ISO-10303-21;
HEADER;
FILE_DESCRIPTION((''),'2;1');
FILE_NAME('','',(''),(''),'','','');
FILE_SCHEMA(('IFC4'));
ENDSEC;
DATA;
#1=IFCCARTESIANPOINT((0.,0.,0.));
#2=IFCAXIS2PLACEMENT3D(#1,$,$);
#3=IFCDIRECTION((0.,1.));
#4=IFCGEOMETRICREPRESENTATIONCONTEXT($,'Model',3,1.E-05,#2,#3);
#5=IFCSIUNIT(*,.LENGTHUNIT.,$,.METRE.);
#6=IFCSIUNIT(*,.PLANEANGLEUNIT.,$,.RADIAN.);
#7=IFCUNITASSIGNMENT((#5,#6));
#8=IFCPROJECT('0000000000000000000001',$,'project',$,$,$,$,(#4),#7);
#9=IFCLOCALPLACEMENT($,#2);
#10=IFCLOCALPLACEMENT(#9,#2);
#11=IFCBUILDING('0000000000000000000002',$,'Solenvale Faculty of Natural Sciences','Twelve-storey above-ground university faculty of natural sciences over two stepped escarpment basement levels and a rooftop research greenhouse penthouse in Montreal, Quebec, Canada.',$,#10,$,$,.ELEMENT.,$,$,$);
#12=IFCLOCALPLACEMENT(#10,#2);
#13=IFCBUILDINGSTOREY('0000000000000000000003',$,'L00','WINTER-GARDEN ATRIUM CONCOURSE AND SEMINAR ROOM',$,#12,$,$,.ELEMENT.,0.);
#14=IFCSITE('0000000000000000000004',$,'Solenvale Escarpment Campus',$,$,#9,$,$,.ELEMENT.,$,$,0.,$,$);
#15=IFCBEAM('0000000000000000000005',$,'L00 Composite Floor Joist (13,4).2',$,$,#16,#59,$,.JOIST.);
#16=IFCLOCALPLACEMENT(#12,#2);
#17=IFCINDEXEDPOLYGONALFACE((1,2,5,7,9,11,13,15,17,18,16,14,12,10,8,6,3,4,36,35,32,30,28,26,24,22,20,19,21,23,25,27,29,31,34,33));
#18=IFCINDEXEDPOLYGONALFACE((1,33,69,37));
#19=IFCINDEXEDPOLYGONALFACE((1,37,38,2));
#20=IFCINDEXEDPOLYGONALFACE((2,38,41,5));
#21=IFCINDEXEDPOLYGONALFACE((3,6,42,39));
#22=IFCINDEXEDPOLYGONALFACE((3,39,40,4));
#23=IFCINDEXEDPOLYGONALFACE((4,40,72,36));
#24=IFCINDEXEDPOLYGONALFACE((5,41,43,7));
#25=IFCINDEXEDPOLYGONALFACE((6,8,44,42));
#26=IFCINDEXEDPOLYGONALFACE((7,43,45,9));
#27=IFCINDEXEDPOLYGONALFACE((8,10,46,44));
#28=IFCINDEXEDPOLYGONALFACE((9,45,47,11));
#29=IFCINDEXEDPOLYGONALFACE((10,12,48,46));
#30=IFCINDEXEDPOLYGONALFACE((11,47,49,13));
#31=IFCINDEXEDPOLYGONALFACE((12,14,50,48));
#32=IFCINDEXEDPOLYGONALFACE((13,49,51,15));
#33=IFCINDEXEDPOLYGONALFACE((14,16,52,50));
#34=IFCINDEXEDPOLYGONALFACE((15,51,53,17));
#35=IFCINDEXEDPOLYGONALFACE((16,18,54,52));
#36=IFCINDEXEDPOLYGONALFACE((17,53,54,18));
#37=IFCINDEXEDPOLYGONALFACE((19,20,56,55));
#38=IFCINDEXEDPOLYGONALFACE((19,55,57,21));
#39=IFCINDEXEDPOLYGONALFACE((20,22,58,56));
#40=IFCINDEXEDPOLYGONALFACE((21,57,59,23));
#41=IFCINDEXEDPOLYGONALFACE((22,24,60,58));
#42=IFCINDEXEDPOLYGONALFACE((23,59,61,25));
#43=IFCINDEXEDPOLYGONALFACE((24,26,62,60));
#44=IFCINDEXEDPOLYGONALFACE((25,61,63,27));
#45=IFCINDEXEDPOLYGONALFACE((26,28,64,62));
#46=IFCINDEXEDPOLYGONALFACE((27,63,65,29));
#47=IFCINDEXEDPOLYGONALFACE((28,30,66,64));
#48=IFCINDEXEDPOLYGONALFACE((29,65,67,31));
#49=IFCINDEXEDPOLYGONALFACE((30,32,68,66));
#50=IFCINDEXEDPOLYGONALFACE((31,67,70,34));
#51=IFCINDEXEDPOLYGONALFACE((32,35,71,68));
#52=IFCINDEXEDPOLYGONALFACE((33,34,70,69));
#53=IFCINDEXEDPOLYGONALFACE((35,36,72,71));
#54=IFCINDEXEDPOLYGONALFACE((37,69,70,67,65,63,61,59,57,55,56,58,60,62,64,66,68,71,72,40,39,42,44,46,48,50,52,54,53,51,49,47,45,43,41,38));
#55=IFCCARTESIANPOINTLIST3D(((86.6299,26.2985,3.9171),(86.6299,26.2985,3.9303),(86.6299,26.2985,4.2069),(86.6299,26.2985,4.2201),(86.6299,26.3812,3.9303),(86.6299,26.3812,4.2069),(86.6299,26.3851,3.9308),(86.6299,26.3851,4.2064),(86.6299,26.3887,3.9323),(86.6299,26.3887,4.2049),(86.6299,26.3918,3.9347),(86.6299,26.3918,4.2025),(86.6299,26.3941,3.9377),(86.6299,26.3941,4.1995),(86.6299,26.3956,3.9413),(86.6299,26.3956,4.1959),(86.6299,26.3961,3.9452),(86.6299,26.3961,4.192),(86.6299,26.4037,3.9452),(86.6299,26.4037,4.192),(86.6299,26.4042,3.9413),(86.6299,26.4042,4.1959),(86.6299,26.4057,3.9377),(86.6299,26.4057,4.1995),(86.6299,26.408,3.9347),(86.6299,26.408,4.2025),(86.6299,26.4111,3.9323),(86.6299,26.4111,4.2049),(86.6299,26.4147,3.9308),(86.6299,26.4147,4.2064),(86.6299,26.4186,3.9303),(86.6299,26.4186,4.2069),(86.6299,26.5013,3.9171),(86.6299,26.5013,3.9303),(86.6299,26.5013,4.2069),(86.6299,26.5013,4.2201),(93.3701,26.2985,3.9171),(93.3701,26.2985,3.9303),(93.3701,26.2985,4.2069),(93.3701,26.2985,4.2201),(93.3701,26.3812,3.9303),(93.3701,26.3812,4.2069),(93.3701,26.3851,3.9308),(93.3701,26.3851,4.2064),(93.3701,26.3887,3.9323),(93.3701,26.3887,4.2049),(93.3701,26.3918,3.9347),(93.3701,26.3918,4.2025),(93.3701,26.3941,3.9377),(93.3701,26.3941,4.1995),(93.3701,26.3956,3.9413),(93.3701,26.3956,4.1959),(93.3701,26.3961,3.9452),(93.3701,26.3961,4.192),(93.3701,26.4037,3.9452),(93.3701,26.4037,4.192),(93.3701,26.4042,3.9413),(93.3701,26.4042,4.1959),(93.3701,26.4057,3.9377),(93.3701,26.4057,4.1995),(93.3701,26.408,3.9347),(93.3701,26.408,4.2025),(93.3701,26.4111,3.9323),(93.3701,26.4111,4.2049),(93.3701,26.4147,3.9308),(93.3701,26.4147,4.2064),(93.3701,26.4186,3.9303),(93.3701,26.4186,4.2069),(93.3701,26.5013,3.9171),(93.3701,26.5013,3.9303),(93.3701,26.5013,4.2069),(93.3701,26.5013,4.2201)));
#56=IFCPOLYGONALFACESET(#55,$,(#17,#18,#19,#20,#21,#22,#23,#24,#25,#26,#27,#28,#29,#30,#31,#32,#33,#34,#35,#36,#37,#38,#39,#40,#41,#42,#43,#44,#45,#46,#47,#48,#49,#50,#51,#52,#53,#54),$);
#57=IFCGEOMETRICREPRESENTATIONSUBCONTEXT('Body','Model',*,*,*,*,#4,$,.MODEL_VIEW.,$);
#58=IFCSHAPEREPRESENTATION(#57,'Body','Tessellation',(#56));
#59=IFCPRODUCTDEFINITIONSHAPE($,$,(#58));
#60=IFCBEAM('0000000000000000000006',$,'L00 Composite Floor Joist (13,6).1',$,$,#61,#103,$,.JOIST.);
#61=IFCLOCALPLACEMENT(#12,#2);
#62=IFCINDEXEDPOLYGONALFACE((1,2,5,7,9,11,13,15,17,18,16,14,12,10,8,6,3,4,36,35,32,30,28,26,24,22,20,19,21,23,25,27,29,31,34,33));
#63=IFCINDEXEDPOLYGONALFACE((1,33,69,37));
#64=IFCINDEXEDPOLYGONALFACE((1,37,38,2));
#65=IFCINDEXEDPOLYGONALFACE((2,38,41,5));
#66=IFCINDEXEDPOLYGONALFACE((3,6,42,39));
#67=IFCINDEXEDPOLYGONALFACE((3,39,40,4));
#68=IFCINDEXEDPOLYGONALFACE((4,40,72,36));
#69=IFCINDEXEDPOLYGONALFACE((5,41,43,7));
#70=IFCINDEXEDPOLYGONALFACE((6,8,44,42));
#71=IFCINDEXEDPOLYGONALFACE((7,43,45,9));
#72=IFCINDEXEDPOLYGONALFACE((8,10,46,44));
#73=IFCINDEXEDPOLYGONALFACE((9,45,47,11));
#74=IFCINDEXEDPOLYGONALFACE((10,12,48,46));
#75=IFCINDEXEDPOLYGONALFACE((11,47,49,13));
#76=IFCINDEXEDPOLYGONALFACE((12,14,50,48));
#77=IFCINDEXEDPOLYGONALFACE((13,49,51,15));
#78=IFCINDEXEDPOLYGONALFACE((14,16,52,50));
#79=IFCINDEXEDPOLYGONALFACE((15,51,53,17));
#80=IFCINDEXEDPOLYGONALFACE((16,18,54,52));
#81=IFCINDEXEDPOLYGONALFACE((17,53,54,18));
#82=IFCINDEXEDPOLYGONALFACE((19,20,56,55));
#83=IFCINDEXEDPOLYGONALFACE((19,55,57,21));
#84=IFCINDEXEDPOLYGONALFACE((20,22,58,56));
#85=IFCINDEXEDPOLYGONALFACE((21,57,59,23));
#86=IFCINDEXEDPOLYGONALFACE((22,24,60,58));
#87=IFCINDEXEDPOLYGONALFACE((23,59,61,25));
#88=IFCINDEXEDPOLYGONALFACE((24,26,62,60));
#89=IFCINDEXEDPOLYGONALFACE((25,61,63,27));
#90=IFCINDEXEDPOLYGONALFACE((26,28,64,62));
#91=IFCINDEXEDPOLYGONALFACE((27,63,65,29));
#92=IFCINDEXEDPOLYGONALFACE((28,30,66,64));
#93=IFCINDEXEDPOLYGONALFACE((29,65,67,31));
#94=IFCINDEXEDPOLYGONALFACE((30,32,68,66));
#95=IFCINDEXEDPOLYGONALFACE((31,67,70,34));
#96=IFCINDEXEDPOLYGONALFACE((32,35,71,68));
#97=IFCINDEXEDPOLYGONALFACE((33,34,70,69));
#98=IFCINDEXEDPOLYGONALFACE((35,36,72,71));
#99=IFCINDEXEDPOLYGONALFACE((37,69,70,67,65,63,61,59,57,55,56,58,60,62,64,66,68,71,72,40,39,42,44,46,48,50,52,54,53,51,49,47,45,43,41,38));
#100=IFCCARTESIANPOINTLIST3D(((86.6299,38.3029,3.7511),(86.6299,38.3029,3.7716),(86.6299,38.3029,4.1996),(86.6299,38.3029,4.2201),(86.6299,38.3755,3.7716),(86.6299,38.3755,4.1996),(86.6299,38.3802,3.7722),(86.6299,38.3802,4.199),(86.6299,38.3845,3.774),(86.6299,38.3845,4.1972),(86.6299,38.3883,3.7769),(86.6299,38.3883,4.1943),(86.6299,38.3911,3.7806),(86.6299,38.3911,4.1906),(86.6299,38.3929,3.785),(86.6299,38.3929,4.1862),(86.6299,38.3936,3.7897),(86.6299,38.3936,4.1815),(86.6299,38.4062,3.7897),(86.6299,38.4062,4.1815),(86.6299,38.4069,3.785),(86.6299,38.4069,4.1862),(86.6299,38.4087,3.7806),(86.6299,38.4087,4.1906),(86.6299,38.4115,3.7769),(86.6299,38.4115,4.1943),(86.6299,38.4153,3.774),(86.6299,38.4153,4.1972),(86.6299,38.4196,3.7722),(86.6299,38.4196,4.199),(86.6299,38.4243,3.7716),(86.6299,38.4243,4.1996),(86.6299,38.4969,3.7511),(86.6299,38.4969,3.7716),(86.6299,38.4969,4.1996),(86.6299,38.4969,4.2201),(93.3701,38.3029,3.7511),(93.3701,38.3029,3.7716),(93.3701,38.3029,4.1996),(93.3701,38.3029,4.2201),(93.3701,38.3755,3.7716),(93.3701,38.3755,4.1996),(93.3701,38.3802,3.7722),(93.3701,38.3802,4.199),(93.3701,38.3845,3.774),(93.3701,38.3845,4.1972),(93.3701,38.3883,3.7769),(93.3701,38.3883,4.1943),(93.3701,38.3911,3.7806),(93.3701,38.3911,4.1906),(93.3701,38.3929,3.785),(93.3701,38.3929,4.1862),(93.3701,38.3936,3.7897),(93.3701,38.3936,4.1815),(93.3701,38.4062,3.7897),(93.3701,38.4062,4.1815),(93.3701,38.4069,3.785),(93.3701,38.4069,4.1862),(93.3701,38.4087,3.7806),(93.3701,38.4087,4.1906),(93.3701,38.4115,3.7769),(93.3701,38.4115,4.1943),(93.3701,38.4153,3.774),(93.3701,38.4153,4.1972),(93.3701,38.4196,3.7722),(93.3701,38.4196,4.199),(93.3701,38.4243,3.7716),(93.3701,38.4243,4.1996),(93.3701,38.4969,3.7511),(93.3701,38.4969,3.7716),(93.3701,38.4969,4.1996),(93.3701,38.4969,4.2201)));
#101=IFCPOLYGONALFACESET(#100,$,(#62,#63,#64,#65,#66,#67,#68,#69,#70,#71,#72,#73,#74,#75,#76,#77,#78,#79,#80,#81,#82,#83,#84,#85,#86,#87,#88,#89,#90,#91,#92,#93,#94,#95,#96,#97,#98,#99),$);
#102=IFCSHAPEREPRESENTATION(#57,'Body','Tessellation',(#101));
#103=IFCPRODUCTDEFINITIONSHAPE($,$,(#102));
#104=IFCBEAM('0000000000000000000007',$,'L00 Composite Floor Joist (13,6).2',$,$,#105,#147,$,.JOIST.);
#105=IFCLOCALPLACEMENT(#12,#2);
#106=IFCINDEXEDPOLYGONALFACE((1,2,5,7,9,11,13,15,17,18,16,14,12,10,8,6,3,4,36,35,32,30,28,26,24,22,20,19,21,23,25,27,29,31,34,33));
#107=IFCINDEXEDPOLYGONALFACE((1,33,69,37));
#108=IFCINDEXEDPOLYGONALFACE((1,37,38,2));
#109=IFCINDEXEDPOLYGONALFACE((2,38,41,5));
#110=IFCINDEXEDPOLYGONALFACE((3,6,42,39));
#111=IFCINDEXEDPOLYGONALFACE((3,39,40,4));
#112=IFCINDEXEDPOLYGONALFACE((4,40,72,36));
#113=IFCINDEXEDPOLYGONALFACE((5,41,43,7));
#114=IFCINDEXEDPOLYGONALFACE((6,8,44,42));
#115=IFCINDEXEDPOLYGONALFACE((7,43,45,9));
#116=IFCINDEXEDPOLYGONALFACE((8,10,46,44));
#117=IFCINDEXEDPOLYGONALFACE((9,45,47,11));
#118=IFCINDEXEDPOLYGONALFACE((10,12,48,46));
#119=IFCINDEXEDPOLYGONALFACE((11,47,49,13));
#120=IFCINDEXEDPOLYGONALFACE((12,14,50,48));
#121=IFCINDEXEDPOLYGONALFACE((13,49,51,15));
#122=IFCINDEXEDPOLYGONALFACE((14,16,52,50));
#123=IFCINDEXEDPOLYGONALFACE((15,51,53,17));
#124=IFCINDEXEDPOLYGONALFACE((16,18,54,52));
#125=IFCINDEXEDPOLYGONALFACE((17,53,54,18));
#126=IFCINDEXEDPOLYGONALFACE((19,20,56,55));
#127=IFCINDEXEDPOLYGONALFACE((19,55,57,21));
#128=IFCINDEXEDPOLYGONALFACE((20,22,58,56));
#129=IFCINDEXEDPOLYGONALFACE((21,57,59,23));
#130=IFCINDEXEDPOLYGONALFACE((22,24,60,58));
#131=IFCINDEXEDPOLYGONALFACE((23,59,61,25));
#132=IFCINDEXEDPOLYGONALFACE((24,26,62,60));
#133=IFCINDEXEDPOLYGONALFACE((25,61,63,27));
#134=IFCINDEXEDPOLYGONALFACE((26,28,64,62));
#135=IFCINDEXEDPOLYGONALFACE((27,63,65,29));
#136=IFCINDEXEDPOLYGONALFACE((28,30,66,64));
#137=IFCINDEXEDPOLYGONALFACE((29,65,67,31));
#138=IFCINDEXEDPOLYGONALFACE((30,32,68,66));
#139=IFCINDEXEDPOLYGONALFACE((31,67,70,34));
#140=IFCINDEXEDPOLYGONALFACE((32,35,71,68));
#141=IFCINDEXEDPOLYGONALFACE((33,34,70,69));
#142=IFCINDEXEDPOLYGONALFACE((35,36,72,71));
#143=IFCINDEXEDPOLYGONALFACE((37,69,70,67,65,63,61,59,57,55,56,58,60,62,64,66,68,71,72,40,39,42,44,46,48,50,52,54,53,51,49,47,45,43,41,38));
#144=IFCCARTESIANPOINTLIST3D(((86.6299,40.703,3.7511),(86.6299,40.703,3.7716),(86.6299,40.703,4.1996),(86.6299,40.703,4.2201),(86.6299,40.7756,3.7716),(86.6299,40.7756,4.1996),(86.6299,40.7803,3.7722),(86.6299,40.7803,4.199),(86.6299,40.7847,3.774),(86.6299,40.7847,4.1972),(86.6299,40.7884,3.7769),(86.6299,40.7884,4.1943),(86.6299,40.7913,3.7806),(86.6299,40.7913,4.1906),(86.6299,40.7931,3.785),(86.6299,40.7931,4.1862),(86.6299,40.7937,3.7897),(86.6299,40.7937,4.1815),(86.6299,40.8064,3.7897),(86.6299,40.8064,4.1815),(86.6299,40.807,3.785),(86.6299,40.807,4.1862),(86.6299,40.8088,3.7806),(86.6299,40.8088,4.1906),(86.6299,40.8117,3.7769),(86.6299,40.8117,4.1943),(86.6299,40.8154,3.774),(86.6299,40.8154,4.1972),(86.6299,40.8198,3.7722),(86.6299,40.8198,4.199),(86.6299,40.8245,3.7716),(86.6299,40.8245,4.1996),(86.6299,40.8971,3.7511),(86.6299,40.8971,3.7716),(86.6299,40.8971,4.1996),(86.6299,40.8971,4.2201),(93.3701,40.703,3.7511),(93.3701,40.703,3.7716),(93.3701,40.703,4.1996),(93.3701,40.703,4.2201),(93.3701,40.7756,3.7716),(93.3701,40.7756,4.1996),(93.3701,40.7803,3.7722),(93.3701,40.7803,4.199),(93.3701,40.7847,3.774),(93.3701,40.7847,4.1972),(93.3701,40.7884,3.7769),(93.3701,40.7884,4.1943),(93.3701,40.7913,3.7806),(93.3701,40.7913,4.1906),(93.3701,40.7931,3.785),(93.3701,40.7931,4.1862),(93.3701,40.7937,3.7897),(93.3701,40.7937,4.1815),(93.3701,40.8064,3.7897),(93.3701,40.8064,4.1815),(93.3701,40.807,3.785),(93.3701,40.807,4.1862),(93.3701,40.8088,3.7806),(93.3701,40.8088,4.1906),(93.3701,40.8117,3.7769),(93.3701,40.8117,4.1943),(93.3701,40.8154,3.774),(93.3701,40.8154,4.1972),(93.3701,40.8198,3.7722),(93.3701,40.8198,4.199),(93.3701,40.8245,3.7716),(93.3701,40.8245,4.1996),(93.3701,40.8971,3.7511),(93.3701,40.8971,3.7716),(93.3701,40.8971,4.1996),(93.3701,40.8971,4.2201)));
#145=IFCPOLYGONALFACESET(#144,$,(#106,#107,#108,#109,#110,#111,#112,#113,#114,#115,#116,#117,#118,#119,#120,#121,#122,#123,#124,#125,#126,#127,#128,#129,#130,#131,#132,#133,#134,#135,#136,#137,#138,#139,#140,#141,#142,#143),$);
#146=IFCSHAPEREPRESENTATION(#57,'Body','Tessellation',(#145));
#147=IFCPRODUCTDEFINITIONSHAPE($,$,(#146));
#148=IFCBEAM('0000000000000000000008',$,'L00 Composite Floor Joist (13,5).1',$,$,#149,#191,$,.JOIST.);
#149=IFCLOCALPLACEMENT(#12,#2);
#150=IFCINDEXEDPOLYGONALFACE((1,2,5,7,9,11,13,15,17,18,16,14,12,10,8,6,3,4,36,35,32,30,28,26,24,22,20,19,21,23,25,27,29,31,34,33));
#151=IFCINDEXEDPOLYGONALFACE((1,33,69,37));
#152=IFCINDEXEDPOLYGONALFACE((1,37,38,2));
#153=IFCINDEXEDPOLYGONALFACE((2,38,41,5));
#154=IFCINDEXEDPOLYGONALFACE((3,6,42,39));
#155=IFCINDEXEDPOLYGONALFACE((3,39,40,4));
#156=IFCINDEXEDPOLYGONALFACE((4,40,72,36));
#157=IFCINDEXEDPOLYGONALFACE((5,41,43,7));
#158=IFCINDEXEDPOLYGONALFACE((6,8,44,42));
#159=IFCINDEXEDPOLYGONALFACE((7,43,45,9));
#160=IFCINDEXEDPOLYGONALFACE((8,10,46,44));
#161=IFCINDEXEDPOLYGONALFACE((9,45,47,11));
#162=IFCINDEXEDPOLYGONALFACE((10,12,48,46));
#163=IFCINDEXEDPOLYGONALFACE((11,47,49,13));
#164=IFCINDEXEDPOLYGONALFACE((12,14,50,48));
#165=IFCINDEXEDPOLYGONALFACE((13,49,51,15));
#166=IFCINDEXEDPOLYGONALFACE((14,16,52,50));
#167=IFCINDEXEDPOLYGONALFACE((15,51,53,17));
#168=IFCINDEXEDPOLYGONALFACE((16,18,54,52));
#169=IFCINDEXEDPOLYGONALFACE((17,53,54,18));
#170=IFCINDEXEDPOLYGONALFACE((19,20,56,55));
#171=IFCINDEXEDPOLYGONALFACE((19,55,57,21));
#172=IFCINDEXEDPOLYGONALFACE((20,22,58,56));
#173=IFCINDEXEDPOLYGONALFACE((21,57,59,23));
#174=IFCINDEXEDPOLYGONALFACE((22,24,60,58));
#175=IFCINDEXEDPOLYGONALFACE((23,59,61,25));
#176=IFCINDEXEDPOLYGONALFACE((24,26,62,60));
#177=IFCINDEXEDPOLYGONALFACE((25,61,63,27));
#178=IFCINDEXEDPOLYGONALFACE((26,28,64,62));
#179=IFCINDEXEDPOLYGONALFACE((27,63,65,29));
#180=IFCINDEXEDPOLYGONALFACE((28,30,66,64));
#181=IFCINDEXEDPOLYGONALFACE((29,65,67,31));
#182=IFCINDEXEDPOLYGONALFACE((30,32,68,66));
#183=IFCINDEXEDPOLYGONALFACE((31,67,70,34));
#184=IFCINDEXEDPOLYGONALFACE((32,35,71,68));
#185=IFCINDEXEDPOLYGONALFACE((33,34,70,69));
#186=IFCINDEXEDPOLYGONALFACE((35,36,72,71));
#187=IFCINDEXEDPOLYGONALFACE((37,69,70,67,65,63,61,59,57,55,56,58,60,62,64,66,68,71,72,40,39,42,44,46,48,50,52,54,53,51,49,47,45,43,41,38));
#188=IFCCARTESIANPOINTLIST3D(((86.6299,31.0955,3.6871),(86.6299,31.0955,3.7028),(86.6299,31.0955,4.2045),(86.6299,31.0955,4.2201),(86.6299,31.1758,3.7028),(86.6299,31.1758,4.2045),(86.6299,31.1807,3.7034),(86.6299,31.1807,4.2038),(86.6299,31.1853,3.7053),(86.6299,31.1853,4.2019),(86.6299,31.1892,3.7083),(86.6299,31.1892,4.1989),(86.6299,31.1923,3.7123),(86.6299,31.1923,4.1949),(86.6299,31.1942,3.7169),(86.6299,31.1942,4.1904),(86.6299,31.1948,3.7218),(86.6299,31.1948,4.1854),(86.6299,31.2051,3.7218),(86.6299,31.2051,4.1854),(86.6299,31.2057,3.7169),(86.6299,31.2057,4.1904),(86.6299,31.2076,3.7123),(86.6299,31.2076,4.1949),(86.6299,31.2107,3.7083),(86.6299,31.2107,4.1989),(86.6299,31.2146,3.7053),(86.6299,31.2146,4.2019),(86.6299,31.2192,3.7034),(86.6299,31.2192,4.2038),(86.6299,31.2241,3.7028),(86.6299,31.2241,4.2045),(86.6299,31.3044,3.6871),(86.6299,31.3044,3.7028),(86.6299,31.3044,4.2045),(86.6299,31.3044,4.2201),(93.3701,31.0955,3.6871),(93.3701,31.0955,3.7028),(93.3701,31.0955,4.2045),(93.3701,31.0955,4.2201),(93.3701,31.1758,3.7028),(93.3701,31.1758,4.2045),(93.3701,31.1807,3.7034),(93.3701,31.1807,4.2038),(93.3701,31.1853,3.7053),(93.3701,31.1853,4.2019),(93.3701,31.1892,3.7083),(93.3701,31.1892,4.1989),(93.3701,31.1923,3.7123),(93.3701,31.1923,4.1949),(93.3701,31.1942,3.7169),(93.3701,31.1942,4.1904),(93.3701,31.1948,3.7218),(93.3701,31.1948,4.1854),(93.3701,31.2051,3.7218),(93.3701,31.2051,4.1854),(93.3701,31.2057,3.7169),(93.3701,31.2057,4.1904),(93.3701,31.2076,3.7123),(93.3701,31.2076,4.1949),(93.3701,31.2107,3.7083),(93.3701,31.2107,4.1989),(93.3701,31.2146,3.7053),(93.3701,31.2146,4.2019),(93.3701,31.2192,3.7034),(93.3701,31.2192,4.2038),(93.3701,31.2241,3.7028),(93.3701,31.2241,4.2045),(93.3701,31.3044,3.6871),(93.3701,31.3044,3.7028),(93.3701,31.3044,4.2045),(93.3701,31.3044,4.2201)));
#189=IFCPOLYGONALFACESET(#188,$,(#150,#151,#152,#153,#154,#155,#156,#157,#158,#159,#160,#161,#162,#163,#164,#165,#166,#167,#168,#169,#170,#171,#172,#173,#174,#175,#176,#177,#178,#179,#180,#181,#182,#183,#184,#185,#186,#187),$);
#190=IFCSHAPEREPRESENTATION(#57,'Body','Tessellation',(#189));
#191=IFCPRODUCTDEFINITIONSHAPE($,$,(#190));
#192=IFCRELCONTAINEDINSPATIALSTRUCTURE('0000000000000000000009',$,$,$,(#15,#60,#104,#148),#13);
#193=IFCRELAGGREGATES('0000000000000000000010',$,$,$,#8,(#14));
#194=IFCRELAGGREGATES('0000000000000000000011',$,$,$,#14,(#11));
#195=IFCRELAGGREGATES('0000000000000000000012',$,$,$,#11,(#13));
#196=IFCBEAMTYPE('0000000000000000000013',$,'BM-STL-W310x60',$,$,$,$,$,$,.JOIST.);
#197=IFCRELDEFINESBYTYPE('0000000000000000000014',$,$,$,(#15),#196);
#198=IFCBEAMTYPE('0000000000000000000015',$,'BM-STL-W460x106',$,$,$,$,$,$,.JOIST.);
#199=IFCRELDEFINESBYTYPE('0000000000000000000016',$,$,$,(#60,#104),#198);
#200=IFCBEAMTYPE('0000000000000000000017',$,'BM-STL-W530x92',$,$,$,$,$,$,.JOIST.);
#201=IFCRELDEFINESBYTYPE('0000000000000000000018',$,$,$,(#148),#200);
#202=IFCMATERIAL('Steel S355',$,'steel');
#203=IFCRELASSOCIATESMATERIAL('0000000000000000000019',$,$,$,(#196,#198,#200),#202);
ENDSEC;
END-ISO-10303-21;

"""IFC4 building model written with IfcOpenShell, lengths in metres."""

from ifc_helpers import new_model, si_unit, direction, frame, origin, origin_2d, place, context, subcontext, project, spatial, i_section, extrude, material, material_profile, profile_set, type_object, element, save


model = new_model("IFC4")

# Units and contexts
model_context = context("Model", 3, precision=1e-05, world=origin(), true_north=direction((0.0, 1.0)))
body_context = subcontext(model_context, "Body", "Model", "MODEL_VIEW")
ifc_project = project(units=[si_unit("LENGTHUNIT", "METRE"), si_unit("PLANEANGLEUNIT", "RADIAN")], contexts=[model_context])

# Site, building, storey
site_placement = place(None, origin())
site = spatial("IfcSite", under=ifc_project, at=site_placement, Name="Solenvale Escarpment Campus", CompositionType="ELEMENT", RefElevation=0.0)
building_placement = place(site_placement, origin())
building = spatial("IfcBuilding", under=site, at=building_placement, Name="Solenvale Faculty of Natural Sciences", Description="Twelve-storey above-ground university faculty of natural sciences over two stepped escarpment basement levels and a rooftop research greenhouse penthouse in Montreal, Quebec, Canada.", CompositionType="ELEMENT")
storey_placement = place(building_placement, origin())
storey = spatial("IfcBuildingStorey", under=building, at=storey_placement, Name="L00", Description="WINTER-GARDEN ATRIUM CONCOURSE AND SEMINAR ROOM", CompositionType="ELEMENT", Elevation=0.0)

# Beams
ifc_material_1 = material(Name="Steel S355", Category="steel")
ifc_material_profile_1 = material_profile(ifc_material_1, i_section(OverallWidth=0.2029, OverallDepth=0.303, WebThickness=0.0076, FlangeThickness=0.0132, FilletRadius=0.0149, at=origin_2d()), Name="W310x60")
ifc_profile_set_1 = profile_set([ifc_material_profile_1], Name="Steel S355")
beam_type_1 = type_object("IfcBeamType", Name="BM-STL-W310x60", PredefinedType="JOIST", material=ifc_profile_set_1)
for number, where, z_axis, x_axis, name in (
    (1, (86.6299, 26.3999, 4.0686), (1.0, 0.0, 0.0), (0.0, 1.0, 0.0), "L00 Composite Floor Joist (13,4).2"),
):
    element("IfcBeam", number, at=place(storey_placement, frame(where, z_axis=z_axis, x_axis=x_axis)), inside=storey, type_object=beam_type_1, Name=name, PredefinedType="JOIST", context=body_context, shape_type="SweptSolid", body=[
        extrude(i_section(OverallWidth=0.2029, OverallDepth=0.303, WebThickness=0.0076, FlangeThickness=0.0132, FilletRadius=0.0149, at=origin_2d()), origin(), (0.0, 0.0, 1.0), 6.7402),
    ])
ifc_material_profile_2 = material_profile(ifc_material_1, i_section(OverallWidth=0.1941, OverallDepth=0.469, WebThickness=0.0127, FlangeThickness=0.0205, FilletRadius=0.0181, at=origin_2d()), Name="W460x106")
ifc_profile_set_2 = profile_set([ifc_material_profile_2], Name="Steel S355")
beam_type_2 = type_object("IfcBeamType", Name="BM-STL-W460x106", PredefinedType="JOIST", material=ifc_profile_set_2)
for number, where, z_axis, x_axis, name in (
    (2, (86.6299, 38.3999, 3.9856), (1.0, 0.0, 0.0), (0.0, 1.0, 0.0), "L00 Composite Floor Joist (13,6).1"),
    (3, (86.6299, 40.8, 3.9856), (1.0, 0.0, 0.0), (0.0, 1.0, 0.0), "L00 Composite Floor Joist (13,6).2"),
):
    element("IfcBeam", number, at=place(storey_placement, frame(where, z_axis=z_axis, x_axis=x_axis)), inside=storey, type_object=beam_type_2, Name=name, PredefinedType="JOIST", context=body_context, shape_type="SweptSolid", body=[
        extrude(i_section(OverallWidth=0.1941, OverallDepth=0.469, WebThickness=0.0127, FlangeThickness=0.0205, FilletRadius=0.0181, at=origin_2d()), origin(), (0.0, 0.0, 1.0), 6.7402),
    ])
ifc_material_profile_3 = material_profile(ifc_material_1, i_section(OverallWidth=0.209, OverallDepth=0.533, WebThickness=0.0103, FlangeThickness=0.0156, FilletRadius=0.019, at=origin_2d()), Name="W530x92")
ifc_profile_set_3 = profile_set([ifc_material_profile_3], Name="Steel S355")
beam_type_3 = type_object("IfcBeamType", Name="BM-STL-W530x92", PredefinedType="JOIST", material=ifc_profile_set_3)
for number, where, z_axis, x_axis, name in (
    (4, (86.6299, 31.2, 3.9536), (1.0, 0.0, 0.0), (0.0, 1.0, 0.0), "L00 Composite Floor Joist (13,5).1"),
):
    element("IfcBeam", number, at=place(storey_placement, frame(where, z_axis=z_axis, x_axis=x_axis)), inside=storey, type_object=beam_type_3, Name=name, PredefinedType="JOIST", context=body_context, shape_type="SweptSolid", body=[
        extrude(i_section(OverallWidth=0.209, OverallDepth=0.533, WebThickness=0.0103, FlangeThickness=0.0156, FilletRadius=0.019, at=origin_2d()), origin(), (0.0, 0.0, 1.0), 6.7402),
    ])

save(model, "model.ifc")
